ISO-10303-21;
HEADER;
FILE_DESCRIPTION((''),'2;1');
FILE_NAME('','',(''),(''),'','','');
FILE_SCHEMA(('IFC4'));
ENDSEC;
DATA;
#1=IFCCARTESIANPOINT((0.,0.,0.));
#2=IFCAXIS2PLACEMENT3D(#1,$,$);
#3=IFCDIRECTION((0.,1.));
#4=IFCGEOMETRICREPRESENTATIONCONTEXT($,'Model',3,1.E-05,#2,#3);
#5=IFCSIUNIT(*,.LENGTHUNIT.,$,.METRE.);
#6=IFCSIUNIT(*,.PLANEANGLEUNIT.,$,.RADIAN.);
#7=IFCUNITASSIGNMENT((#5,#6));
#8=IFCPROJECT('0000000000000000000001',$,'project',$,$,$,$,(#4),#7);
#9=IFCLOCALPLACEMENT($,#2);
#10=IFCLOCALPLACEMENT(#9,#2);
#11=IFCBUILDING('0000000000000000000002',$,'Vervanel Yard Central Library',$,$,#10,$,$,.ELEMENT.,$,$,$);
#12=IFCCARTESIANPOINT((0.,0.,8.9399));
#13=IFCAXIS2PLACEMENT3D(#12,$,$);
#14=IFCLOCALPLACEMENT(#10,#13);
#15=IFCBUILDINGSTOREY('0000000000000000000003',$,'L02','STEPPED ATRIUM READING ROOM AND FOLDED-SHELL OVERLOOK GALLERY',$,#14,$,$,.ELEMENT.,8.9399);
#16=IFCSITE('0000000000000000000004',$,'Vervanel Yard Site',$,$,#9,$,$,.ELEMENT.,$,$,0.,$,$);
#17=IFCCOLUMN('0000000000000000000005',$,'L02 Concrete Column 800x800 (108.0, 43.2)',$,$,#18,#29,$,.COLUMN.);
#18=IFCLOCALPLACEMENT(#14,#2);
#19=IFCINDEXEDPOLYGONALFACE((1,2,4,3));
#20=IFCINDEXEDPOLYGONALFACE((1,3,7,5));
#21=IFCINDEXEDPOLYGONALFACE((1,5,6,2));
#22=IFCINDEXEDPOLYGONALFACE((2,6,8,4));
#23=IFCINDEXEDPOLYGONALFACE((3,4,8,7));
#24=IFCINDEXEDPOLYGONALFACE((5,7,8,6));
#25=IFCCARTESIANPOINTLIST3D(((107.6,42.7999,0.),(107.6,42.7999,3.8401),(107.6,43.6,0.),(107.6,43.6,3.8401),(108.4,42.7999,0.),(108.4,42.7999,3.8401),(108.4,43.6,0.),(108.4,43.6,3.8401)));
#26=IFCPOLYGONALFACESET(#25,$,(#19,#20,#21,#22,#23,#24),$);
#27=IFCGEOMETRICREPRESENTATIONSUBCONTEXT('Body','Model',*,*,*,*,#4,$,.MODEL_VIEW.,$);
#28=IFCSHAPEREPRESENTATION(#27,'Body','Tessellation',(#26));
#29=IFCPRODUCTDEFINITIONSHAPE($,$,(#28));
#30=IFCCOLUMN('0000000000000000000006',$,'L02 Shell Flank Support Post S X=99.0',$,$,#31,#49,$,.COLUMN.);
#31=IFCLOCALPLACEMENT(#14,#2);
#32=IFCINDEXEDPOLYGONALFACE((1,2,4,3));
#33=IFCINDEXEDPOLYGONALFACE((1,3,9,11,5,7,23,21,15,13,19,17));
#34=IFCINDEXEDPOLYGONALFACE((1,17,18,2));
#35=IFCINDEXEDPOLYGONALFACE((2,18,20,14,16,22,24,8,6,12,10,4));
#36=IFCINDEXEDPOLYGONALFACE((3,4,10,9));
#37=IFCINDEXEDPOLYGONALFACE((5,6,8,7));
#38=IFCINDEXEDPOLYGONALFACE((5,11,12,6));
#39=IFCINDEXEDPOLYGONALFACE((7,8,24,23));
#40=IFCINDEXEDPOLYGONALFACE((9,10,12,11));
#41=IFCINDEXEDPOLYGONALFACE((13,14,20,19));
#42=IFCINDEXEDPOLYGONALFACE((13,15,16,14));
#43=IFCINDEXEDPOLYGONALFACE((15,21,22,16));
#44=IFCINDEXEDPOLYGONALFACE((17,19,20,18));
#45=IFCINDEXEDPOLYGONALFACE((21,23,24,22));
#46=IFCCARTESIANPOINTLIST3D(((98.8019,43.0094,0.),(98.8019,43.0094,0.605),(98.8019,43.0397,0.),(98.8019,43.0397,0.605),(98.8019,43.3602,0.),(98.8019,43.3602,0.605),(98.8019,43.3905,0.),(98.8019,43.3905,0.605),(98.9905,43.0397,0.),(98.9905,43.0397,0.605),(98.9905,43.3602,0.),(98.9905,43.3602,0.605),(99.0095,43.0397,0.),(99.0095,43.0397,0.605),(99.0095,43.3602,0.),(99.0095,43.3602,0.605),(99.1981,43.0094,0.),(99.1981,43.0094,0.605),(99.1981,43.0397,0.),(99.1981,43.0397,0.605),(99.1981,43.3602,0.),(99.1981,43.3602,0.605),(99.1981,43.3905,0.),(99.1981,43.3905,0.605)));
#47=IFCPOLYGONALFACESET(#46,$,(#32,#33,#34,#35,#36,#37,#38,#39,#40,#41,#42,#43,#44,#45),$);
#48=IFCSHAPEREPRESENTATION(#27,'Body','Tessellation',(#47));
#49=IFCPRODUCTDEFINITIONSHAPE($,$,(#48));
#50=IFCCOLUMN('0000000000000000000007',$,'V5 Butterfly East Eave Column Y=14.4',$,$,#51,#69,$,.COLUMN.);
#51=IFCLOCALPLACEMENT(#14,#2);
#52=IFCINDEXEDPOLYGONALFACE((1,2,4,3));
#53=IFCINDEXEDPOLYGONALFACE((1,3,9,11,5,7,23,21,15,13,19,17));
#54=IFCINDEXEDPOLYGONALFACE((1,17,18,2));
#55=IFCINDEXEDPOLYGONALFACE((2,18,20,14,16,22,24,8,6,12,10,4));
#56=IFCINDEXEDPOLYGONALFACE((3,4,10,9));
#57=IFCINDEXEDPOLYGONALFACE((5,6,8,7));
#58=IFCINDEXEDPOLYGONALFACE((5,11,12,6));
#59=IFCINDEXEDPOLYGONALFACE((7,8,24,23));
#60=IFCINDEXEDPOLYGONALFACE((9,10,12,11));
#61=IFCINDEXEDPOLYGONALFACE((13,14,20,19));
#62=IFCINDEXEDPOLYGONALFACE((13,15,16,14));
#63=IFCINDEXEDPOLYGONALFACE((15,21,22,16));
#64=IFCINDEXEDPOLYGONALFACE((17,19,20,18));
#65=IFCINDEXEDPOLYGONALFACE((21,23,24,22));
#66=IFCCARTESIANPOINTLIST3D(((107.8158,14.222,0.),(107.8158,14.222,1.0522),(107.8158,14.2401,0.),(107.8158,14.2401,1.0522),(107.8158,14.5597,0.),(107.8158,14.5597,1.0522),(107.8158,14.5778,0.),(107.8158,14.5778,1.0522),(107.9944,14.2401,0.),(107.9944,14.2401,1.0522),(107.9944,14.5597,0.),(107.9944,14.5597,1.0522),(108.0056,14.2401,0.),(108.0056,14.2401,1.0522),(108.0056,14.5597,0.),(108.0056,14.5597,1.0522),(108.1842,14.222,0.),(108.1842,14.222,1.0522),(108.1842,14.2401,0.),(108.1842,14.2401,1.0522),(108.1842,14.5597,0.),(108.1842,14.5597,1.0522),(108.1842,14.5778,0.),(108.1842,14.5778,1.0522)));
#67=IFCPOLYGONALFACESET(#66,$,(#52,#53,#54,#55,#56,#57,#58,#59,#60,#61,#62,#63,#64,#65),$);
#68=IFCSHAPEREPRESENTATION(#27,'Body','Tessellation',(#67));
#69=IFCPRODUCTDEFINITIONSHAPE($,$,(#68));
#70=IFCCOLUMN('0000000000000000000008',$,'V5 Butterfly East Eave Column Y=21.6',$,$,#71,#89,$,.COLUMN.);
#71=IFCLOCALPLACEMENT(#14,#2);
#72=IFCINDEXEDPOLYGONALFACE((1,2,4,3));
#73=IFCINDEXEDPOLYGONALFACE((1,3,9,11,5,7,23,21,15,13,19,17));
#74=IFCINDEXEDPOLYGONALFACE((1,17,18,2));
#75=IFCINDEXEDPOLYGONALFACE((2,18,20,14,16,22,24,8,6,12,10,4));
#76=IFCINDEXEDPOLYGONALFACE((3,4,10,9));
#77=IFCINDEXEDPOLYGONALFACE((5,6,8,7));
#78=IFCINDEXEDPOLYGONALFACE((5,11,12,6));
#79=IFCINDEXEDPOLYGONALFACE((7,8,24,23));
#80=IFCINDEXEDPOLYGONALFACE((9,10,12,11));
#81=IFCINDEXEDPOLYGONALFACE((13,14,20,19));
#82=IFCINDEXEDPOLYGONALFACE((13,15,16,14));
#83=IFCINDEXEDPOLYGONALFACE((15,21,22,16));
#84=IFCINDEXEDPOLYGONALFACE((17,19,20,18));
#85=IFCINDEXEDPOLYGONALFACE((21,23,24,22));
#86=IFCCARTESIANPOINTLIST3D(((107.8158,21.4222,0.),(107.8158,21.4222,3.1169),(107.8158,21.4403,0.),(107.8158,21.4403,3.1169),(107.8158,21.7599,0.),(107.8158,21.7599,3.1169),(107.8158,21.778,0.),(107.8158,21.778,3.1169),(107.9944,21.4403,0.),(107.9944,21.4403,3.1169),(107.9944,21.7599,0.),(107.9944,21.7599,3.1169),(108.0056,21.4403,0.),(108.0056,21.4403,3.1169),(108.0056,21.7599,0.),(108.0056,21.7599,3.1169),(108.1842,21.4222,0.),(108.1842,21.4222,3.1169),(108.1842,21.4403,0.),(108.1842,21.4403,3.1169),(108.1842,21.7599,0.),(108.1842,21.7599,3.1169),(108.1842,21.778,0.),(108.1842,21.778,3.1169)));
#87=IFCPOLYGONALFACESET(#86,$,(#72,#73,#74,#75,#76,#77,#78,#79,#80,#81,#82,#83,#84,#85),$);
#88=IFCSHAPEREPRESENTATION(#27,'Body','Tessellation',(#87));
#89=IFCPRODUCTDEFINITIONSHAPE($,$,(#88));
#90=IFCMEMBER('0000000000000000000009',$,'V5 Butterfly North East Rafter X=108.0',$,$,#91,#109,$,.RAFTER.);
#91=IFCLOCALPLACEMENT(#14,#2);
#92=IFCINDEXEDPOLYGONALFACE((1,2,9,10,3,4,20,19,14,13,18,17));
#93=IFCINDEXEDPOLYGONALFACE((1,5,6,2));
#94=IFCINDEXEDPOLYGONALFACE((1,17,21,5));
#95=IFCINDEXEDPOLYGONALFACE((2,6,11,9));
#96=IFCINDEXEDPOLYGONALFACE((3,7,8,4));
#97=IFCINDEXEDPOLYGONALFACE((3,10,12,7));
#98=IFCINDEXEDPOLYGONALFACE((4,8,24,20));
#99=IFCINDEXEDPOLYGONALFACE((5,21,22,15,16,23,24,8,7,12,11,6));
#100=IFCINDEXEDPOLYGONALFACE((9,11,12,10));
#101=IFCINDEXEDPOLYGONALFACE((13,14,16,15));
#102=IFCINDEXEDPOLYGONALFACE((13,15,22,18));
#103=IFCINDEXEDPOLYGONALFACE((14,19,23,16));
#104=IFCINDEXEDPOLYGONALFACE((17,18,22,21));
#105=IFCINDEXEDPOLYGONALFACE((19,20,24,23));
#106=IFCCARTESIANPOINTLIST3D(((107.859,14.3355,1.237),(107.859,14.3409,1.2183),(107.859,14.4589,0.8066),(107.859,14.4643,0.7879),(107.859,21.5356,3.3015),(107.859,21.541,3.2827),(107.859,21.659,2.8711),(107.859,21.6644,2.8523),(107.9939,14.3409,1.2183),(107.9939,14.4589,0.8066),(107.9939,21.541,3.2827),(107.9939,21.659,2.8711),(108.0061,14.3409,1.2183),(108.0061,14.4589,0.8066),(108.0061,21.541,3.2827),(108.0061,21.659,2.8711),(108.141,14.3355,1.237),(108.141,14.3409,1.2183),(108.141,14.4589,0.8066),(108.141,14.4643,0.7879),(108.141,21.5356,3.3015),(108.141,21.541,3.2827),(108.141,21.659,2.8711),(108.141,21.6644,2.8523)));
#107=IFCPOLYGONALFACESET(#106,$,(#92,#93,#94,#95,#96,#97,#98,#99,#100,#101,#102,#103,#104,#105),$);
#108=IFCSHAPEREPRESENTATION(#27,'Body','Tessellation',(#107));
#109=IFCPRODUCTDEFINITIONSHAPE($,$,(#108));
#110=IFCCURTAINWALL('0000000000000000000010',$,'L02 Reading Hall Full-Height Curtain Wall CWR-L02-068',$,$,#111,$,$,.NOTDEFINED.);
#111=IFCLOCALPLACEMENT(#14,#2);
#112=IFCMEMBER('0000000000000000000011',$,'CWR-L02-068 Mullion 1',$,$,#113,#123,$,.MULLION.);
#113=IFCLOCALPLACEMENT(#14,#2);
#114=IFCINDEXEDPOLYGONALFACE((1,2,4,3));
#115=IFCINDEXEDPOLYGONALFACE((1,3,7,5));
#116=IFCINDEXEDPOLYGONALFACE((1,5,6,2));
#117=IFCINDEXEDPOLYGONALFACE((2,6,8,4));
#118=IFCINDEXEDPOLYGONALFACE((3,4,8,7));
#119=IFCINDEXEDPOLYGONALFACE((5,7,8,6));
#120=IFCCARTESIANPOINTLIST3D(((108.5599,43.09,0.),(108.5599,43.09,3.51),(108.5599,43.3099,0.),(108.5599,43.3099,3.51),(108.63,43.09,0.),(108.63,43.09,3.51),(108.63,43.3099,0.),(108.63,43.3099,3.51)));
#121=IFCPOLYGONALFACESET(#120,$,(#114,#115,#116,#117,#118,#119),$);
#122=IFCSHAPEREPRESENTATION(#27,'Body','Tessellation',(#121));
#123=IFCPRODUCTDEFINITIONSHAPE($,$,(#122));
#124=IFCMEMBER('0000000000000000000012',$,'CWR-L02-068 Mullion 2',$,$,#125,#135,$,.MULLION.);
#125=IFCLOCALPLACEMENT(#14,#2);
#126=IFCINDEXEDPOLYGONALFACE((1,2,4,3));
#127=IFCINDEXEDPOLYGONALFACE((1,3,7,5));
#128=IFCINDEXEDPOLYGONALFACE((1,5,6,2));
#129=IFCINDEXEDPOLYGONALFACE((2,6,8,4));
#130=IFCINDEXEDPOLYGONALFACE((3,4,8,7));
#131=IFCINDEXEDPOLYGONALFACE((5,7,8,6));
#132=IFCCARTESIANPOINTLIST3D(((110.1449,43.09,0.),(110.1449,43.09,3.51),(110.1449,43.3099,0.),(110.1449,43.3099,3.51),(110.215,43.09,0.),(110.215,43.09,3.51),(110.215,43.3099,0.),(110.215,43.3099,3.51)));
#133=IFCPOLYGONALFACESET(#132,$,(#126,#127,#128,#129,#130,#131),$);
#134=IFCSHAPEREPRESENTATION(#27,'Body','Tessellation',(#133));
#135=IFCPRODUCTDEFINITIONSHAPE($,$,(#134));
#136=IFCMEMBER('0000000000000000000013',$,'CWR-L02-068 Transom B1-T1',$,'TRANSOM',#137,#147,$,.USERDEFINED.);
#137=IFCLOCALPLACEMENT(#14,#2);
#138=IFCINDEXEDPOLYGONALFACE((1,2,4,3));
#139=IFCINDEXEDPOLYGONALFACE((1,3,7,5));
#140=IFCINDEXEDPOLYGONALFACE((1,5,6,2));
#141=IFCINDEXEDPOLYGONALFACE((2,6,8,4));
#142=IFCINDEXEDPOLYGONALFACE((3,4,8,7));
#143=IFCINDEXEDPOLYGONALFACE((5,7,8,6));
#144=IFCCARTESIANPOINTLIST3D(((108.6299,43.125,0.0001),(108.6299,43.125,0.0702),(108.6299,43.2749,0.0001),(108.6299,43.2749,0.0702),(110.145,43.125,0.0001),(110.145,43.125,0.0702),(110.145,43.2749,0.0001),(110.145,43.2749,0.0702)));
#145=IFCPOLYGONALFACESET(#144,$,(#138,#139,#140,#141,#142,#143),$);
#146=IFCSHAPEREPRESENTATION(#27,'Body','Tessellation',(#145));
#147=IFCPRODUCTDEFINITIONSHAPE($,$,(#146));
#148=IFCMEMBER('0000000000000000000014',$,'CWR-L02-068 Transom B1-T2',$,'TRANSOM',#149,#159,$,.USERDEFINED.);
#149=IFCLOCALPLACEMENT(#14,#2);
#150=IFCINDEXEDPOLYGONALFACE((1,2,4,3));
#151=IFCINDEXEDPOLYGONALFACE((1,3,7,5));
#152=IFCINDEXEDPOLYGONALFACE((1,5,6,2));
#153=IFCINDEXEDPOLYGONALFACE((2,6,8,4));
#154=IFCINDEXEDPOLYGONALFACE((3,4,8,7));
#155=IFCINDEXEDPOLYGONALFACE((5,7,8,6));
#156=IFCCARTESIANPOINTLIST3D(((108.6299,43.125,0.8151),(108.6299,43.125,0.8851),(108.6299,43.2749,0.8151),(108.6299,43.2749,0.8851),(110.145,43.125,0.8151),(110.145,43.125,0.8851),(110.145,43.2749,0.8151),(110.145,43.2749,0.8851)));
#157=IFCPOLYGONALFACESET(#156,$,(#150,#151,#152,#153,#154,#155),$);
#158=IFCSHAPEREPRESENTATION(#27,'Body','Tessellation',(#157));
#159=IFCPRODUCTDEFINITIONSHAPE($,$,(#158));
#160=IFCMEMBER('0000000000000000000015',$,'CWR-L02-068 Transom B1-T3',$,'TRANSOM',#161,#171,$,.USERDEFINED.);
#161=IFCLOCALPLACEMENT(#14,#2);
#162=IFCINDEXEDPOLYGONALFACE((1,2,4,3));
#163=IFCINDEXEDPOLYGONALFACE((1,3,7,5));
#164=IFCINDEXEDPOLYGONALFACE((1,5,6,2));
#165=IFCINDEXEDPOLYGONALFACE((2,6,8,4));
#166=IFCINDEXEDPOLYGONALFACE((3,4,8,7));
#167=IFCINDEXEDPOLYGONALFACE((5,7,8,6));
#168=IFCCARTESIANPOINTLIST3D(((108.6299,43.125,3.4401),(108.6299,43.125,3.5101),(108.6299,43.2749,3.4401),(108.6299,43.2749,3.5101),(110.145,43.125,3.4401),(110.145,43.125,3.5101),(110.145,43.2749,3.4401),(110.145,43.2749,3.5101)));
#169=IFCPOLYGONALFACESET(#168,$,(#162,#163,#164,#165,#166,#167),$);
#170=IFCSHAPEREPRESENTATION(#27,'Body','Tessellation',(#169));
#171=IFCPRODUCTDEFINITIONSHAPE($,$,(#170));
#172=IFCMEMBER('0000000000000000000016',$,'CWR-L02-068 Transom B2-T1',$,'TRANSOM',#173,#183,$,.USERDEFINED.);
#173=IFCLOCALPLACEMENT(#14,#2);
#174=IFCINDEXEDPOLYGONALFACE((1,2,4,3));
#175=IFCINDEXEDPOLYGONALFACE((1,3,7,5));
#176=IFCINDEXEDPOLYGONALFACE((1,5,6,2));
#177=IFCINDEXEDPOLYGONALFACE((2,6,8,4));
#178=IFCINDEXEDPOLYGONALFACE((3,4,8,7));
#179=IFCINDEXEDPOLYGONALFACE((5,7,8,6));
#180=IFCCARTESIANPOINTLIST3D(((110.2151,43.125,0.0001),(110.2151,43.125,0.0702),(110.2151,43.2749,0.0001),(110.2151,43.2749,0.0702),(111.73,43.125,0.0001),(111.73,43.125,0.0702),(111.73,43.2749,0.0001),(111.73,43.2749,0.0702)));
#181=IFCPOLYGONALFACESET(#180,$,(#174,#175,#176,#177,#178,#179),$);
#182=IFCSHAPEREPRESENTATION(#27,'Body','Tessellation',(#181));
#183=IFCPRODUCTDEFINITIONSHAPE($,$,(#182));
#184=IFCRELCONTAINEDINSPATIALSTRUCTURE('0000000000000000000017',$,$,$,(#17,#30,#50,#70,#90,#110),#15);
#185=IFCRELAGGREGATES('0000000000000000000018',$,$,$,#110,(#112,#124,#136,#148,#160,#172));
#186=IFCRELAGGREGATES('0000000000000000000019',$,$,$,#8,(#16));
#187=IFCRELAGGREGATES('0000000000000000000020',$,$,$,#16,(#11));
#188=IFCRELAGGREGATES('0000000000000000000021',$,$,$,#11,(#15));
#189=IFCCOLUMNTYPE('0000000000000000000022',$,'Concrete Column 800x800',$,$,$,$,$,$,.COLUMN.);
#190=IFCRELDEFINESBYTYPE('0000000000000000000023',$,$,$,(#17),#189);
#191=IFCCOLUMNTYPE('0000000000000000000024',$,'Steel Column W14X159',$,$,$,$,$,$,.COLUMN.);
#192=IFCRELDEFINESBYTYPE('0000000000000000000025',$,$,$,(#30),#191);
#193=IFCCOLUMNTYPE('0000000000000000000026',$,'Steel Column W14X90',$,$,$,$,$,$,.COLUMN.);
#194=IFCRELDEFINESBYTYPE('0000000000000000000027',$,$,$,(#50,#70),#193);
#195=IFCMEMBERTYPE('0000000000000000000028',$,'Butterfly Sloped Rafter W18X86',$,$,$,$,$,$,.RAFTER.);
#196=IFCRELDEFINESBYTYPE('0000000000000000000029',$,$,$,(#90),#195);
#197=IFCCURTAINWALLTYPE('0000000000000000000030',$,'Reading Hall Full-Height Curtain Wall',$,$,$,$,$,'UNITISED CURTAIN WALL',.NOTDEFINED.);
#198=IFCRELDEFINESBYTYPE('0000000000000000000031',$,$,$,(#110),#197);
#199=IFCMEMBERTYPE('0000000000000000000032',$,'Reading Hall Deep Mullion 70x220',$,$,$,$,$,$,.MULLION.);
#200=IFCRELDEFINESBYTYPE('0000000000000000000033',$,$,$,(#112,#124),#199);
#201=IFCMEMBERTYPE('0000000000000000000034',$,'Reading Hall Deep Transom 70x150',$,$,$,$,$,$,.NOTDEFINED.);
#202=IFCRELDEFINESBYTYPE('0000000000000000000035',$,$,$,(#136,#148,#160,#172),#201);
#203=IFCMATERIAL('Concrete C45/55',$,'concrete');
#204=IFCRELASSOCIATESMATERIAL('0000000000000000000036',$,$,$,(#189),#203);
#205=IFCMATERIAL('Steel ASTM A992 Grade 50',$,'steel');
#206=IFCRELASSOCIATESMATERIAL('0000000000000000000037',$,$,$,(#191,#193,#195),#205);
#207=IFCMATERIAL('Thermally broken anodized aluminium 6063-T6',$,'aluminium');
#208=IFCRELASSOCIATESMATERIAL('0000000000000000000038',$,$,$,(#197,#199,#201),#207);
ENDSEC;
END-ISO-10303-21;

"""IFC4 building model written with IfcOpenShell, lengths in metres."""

from ifc_helpers import new_model, si_unit, direction, frame, origin, origin_2d, place, context, subcontext, project, spatial, rectangle, i_section, extrude, material, material_profile, profile_set, type_object, element, aggregate, save


model = new_model("IFC4")

# Units and contexts
model_context = context("Model", 3, precision=1e-05, world=origin(), true_north=direction((0.0, 1.0)))
body_context = subcontext(model_context, "Body", "Model", "MODEL_VIEW")
ifc_project = project(units=[si_unit("LENGTHUNIT", "METRE"), si_unit("PLANEANGLEUNIT", "RADIAN")], contexts=[model_context])

# Site, building, storey
site_placement = place(None, origin())
site = spatial("IfcSite", under=ifc_project, at=site_placement, Name="Vervanel Yard Site", CompositionType="ELEMENT", RefElevation=0.0)
building_placement = place(site_placement, origin())
building = spatial("IfcBuilding", under=site, at=building_placement, Name="Vervanel Yard Central Library", CompositionType="ELEMENT")
storey_placement = place(building_placement, frame((0.0, 0.0, 8.9399)))
storey = spatial("IfcBuildingStorey", under=building, at=storey_placement, Name="L02", Description="STEPPED ATRIUM READING ROOM AND FOLDED-SHELL OVERLOOK GALLERY", CompositionType="ELEMENT", Elevation=8.9399)

# Columns
ifc_material_1 = material(Name="Concrete C45/55", Category="concrete")
ifc_material_profile_1 = material_profile(ifc_material_1, rectangle(XDim=0.8, YDim=0.8, at=origin_2d()), Name="RC 800x800", Category="concrete")
ifc_profile_set_1 = profile_set([ifc_material_profile_1], Name="Concrete C45/55")
column_type_1 = type_object("IfcColumnType", Name="Concrete Column 800x800", PredefinedType="COLUMN", material=ifc_profile_set_1)
column_1_placement = place(storey_placement, frame((108.0, 43.2, 0.0), z_axis=(0.0, 0.0, 1.0), x_axis=(1.0, 0.0, 0.0)))
element("IfcColumn", 1, at=column_1_placement, inside=storey, type_object=column_type_1, Name="L02 Concrete Column 800x800 (108.0, 43.2)", PredefinedType="COLUMN", context=body_context, shape_type="SweptSolid", body=[
    extrude(rectangle(XDim=0.8, YDim=0.8, at=origin_2d()), origin(), (0.0, 0.0, 1.0), 3.8401),
])
ifc_material_2 = material(Name="Steel ASTM A992 Grade 50", Category="steel")
ifc_material_profile_2 = material_profile(ifc_material_2, i_section(OverallWidth=0.3962, OverallDepth=0.3811, WebThickness=0.019, FlangeThickness=0.0303, at=origin_2d()), Name="W14X159", Category="steel")
ifc_profile_set_2 = profile_set([ifc_material_profile_2], Name="Steel ASTM A992 Grade 50")
column_type_2 = type_object("IfcColumnType", Name="Steel Column W14X159", PredefinedType="COLUMN", material=ifc_profile_set_2)
column_2_placement = place(storey_placement, frame((99.0, 43.2, 0.0), z_axis=(0.0, 0.0, 1.0), x_axis=(1.0, 0.0, 0.0)))
element("IfcColumn", 2, at=column_2_placement, inside=storey, type_object=column_type_2, Name="L02 Shell Flank Support Post S X=99.0", PredefinedType="COLUMN", context=body_context, shape_type="SweptSolid", body=[
    extrude(i_section(OverallWidth=0.3962, OverallDepth=0.3811, WebThickness=0.019, FlangeThickness=0.0303, at=origin_2d()), origin(), (0.0, 0.0, 1.0), 0.605),
])
ifc_material_profile_3 = material_profile(ifc_material_2, i_section(OverallWidth=0.3684, OverallDepth=0.3557, WebThickness=0.0112, FlangeThickness=0.0181, at=origin_2d()), Name="W14X90", Category="steel")
ifc_profile_set_3 = profile_set([ifc_material_profile_3], Name="Steel ASTM A992 Grade 50")
column_type_3 = type_object("IfcColumnType", Name="Steel Column W14X90", PredefinedType="COLUMN", material=ifc_profile_set_3)
column_3_placement = place(storey_placement, frame((108.0, 14.3999, 0.0), z_axis=(0.0, 0.0, 1.0), x_axis=(1.0, 0.0, 0.0)))
element("IfcColumn", 3, at=column_3_placement, inside=storey, type_object=column_type_3, Name="V5 Butterfly East Eave Column Y=14.4", PredefinedType="COLUMN", context=body_context, shape_type="SweptSolid", body=[
    extrude(i_section(OverallWidth=0.3684, OverallDepth=0.3557, WebThickness=0.0112, FlangeThickness=0.0181, at=origin_2d()), origin(), (0.0, 0.0, 1.0), 1.0522),
])
column_4_placement = place(storey_placement, frame((108.0, 21.6001, 0.0), z_axis=(0.0, 0.0, 1.0), x_axis=(1.0, 0.0, 0.0)))
element("IfcColumn", 4, at=column_4_placement, inside=storey, type_object=column_type_3, Name="V5 Butterfly East Eave Column Y=21.6", PredefinedType="COLUMN", context=body_context, shape_type="SweptSolid", body=[
    extrude(i_section(OverallWidth=0.3684, OverallDepth=0.3557, WebThickness=0.0112, FlangeThickness=0.0181, at=origin_2d()), origin(), (0.0, 0.0, 1.0), 3.1169),
])

# Member
ifc_material_profile_4 = material_profile(ifc_material_2, i_section(OverallWidth=0.282, OverallDepth=0.4673, WebThickness=0.0122, FlangeThickness=0.0195, at=origin_2d()), Name="W18X86", Category="steel")
ifc_profile_set_4 = profile_set([ifc_material_profile_4], Name="Steel ASTM A992 Grade 50")
member_type_1 = type_object("IfcMemberType", Name="Butterfly Sloped Rafter W18X86", PredefinedType="RAFTER", material=ifc_profile_set_4)
member_1_placement = place(storey_placement, frame((108.0, 14.3999, 1.0125), z_axis=(0.0, 0.961268, 0.275616), x_axis=(-1.0, 0.0, 0.0)))
element("IfcMember", 5, at=member_1_placement, inside=storey, type_object=member_type_1, Name="V5 Butterfly North East Rafter X=108.0", PredefinedType="RAFTER", context=body_context, shape_type="SweptSolid", body=[
    extrude(i_section(OverallWidth=0.282, OverallDepth=0.4673, WebThickness=0.0122, FlangeThickness=0.0195, at=origin_2d()), origin(), (0.0, 0.0, 1.0), 7.4902),
])

# Curtain wall, members
ifc_material_3 = material(Name="Thermally broken anodized aluminium 6063-T6", Category="aluminium")
curtain_wall_type = type_object("IfcCurtainWallType", Name="Reading Hall Full-Height Curtain Wall", ElementType="UNITISED CURTAIN WALL", PredefinedType="NOTDEFINED", material=ifc_material_3)
curtain_wall_placement = place(storey_placement, origin())
curtain_wall = element("IfcCurtainWall", 6, at=curtain_wall_placement, inside=storey, type_object=curtain_wall_type, Name="L02 Reading Hall Full-Height Curtain Wall CWR-L02-068", PredefinedType="NOTDEFINED")
ifc_material_profile_5 = material_profile(ifc_material_3, rectangle(XDim=0.0701, YDim=0.22, at=origin_2d()), Name="ALU 70x220", Category="aluminium")
ifc_profile_set_5 = profile_set([ifc_material_profile_5], Name="Thermally broken anodized aluminium 6063-T6")
member_type_2 = type_object("IfcMemberType", Name="Reading Hall Deep Mullion 70x220", PredefinedType="MULLION", material=ifc_profile_set_5)
member_2_placement = place(storey_placement, frame((108.595, 43.2, 0.0), z_axis=(0.0, 0.0, 1.0), x_axis=(1.0, 0.0, 0.0)))
member_2 = element("IfcMember", 7, at=member_2_placement, type_object=member_type_2, Name="CWR-L02-068 Mullion 1", PredefinedType="MULLION", context=body_context, shape_type="SweptSolid", body=[
    extrude(rectangle(XDim=0.0701, YDim=0.22, at=origin_2d()), origin(), (0.0, 0.0, 1.0), 3.51),
])
member_3_placement = place(storey_placement, frame((110.1799, 43.2, 0.0), z_axis=(0.0, 0.0, 1.0), x_axis=(1.0, 0.0, 0.0)))
member_3 = element("IfcMember", 8, at=member_3_placement, type_object=member_type_2, Name="CWR-L02-068 Mullion 2", PredefinedType="MULLION", context=body_context, shape_type="SweptSolid", body=[
    extrude(rectangle(XDim=0.0701, YDim=0.22, at=origin_2d()), origin(), (0.0, 0.0, 1.0), 3.51),
])
ifc_material_profile_6 = material_profile(ifc_material_3, rectangle(XDim=0.0701, YDim=0.1499, at=origin_2d()), Name="ALU 70x150", Category="aluminium")
ifc_profile_set_6 = profile_set([ifc_material_profile_6], Name="Thermally broken anodized aluminium 6063-T6")
member_type_3 = type_object("IfcMemberType", Name="Reading Hall Deep Transom 70x150", PredefinedType="NOTDEFINED", material=ifc_profile_set_6)
member_4_placement = place(storey_placement, frame((108.6299, 43.2, 0.0352), z_axis=(1.0, 0.0, 0.0), x_axis=(0.0, 0.0, 1.0)))
member_4 = element("IfcMember", 9, at=member_4_placement, type_object=member_type_3, Name="CWR-L02-068 Transom B1-T1", ObjectType="TRANSOM", PredefinedType="USERDEFINED", context=body_context, shape_type="SweptSolid", body=[
    extrude(rectangle(XDim=0.0701, YDim=0.1499, at=origin_2d()), origin(), (0.0, 0.0, 1.0), 1.5151),
])
member_5_placement = place(storey_placement, frame((108.6299, 43.2, 0.8501), z_axis=(1.0, 0.0, 0.0), x_axis=(0.0, 0.0, 1.0)))
member_5 = element("IfcMember", 10, at=member_5_placement, type_object=member_type_3, Name="CWR-L02-068 Transom B1-T2", ObjectType="TRANSOM", PredefinedType="USERDEFINED", context=body_context, shape_type="SweptSolid", body=[
    extrude(rectangle(XDim=0.0701, YDim=0.1499, at=origin_2d()), origin(), (0.0, 0.0, 1.0), 1.5151),
])
member_6_placement = place(storey_placement, frame((108.6299, 43.2, 3.4751), z_axis=(1.0, 0.0, 0.0), x_axis=(0.0, 0.0, 1.0)))
member_6 = element("IfcMember", 11, at=member_6_placement, type_object=member_type_3, Name="CWR-L02-068 Transom B1-T3", ObjectType="TRANSOM", PredefinedType="USERDEFINED", context=body_context, shape_type="SweptSolid", body=[
    extrude(rectangle(XDim=0.0701, YDim=0.1499, at=origin_2d()), origin(), (0.0, 0.0, 1.0), 1.5151),
])
member_7_placement = place(storey_placement, frame((110.2151, 43.2, 0.0352), z_axis=(1.0, 0.0, 0.0), x_axis=(0.0, 0.0, 1.0)))
member_7 = element("IfcMember", 12, at=member_7_placement, type_object=member_type_3, Name="CWR-L02-068 Transom B2-T1", ObjectType="TRANSOM", PredefinedType="USERDEFINED", context=body_context, shape_type="SweptSolid", body=[
    extrude(rectangle(XDim=0.0701, YDim=0.1499, at=origin_2d()), origin(), (0.0, 0.0, 1.0), 1.5149),
])

aggregate(curtain_wall, [member_2, member_3, member_4, member_5, member_6, member_7])

save(model, "model.ifc")
